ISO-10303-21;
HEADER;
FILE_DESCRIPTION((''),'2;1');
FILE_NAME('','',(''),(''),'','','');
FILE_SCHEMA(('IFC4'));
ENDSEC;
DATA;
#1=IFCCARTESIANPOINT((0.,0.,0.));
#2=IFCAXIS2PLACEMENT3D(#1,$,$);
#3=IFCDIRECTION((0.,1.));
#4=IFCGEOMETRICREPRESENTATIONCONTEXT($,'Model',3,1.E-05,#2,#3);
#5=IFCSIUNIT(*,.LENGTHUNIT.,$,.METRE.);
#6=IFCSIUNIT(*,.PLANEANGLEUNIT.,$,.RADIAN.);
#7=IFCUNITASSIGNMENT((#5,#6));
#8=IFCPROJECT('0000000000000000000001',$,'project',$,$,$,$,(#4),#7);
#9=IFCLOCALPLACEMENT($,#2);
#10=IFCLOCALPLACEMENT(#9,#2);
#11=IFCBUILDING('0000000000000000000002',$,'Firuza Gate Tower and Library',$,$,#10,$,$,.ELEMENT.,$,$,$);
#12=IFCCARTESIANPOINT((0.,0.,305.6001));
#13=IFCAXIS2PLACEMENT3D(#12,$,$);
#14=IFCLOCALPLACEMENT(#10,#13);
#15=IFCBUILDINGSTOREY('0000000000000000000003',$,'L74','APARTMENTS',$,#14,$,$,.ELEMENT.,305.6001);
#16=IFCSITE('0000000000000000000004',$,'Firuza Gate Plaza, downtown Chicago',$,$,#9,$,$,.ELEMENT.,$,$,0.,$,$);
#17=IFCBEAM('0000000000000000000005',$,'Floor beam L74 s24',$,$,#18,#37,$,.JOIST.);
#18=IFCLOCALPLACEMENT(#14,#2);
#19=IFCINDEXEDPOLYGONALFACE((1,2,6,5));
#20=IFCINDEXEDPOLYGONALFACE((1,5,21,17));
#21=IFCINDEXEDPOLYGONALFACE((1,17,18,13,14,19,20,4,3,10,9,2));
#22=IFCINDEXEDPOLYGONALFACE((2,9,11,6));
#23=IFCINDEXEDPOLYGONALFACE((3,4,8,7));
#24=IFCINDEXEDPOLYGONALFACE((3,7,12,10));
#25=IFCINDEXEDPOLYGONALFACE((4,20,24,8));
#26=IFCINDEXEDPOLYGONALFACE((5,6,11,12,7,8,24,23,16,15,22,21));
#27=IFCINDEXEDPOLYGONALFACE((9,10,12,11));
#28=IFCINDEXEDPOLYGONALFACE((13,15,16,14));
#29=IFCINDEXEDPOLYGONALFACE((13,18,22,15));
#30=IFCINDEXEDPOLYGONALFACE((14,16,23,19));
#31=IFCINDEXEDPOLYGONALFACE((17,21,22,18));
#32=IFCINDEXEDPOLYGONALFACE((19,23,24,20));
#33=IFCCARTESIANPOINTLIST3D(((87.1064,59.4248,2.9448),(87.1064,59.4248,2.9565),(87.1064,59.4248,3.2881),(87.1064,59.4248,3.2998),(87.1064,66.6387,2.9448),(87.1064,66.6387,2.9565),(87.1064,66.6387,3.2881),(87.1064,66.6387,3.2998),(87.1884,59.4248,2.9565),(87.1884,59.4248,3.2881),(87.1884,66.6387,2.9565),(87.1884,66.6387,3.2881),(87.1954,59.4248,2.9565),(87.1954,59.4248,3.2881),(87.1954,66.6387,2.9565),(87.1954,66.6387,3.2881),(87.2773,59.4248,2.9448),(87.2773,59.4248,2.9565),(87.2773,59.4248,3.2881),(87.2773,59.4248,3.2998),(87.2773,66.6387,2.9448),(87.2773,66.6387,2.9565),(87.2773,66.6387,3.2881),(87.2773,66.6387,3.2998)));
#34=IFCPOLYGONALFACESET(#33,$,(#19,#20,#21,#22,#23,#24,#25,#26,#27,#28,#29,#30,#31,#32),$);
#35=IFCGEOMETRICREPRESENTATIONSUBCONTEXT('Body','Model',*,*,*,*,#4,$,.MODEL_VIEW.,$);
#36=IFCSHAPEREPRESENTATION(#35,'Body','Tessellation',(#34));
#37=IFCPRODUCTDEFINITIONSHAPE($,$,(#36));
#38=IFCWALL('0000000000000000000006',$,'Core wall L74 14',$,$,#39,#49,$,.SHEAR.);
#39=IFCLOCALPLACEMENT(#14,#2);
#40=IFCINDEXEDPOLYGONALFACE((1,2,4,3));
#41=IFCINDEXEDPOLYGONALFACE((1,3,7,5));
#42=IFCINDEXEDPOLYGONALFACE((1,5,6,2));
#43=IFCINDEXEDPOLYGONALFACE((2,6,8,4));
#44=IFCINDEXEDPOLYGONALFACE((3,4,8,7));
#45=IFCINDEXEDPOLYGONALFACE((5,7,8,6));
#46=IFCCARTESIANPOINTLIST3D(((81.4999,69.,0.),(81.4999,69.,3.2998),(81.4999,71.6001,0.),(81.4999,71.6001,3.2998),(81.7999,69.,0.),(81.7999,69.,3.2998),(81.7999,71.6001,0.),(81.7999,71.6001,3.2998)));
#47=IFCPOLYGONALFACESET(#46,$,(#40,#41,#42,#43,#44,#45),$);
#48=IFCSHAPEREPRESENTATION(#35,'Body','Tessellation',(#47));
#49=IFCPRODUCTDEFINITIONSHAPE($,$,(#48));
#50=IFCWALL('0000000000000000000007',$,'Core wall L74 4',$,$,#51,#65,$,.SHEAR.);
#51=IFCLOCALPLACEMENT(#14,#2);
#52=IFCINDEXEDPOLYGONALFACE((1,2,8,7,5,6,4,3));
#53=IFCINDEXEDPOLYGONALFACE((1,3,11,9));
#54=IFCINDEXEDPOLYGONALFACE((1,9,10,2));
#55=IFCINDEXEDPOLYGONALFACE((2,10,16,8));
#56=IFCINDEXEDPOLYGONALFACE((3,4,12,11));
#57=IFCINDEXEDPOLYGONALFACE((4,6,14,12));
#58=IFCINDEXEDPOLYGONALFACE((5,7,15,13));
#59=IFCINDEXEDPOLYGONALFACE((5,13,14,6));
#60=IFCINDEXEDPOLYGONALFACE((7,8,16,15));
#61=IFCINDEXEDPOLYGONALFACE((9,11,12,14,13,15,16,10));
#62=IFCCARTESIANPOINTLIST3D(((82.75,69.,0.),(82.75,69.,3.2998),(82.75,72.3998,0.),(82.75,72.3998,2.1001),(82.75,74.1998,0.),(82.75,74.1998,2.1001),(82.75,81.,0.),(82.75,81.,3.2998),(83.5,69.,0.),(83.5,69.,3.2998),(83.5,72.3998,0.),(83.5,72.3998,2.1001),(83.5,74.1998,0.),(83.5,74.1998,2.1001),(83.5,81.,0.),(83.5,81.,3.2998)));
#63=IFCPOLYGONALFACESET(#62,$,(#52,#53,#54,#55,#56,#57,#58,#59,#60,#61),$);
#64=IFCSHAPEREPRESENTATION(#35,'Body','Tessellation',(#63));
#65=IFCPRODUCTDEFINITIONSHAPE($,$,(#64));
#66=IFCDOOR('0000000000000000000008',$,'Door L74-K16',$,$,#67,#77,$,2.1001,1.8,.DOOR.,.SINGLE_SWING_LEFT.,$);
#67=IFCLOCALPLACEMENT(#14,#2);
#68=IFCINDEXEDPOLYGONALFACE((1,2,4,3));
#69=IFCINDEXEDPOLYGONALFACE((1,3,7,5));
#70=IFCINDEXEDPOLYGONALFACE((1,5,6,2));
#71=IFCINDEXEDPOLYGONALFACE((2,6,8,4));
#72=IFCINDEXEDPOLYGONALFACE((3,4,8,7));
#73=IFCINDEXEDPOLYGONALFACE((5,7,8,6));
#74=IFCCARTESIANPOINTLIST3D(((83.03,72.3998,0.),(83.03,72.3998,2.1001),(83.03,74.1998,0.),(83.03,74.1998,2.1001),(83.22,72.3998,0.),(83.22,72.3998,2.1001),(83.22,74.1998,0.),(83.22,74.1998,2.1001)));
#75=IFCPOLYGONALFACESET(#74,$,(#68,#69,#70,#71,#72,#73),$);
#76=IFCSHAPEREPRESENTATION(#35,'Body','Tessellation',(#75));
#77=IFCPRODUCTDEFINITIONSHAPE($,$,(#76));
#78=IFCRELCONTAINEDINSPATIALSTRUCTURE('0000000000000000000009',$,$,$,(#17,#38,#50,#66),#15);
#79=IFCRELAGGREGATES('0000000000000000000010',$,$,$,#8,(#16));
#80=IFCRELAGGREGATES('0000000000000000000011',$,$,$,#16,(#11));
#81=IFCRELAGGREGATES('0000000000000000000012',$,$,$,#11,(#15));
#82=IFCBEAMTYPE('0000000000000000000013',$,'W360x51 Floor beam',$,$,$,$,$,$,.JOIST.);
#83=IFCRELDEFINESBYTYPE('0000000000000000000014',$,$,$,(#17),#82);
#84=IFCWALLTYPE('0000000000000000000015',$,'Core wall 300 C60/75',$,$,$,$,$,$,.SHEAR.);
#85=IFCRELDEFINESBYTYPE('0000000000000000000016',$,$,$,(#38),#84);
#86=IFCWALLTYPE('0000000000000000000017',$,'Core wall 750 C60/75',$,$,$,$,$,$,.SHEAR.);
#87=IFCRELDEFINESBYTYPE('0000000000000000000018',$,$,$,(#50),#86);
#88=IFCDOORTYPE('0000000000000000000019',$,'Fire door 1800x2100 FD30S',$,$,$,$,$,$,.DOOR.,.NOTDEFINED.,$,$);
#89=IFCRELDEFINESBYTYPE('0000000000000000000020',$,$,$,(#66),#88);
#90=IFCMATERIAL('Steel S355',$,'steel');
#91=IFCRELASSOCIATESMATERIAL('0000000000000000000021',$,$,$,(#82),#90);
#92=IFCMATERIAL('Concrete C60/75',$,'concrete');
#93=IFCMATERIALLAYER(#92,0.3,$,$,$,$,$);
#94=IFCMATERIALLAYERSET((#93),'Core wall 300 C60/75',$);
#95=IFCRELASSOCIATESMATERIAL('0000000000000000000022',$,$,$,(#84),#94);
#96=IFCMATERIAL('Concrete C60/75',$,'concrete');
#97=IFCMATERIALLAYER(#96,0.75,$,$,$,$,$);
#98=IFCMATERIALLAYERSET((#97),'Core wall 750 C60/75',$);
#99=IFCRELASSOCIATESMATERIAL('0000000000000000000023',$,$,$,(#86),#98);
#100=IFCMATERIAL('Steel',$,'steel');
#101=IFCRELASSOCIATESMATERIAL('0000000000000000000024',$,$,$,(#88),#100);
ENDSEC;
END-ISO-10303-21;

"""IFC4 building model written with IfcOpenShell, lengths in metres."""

from ifc_helpers import new_model, si_unit, direction, frame, frame_2d, origin, origin_2d, place, context, subcontext, project, spatial, rectangle, i_section, extrude, material, layer, layer_set, material_profile, profile_set, type_object, element, fill, save


model = new_model("IFC4")

# Units and contexts
model_context = context("Model", 3, precision=1e-05, world=origin(), true_north=direction((0.0, 1.0)))
body_context = subcontext(model_context, "Body", "Model", "MODEL_VIEW")
ifc_project = project(units=[si_unit("LENGTHUNIT", "METRE"), si_unit("PLANEANGLEUNIT", "RADIAN")], contexts=[model_context])

# Site, building, storey
site_placement = place(None, origin())
site = spatial("IfcSite", under=ifc_project, at=site_placement, Name="Firuza Gate Plaza, downtown Chicago", CompositionType="ELEMENT", RefElevation=0.0)
building_placement = place(site_placement, origin())
building = spatial("IfcBuilding", under=site, at=building_placement, Name="Firuza Gate Tower and Library", CompositionType="ELEMENT")
storey_placement = place(building_placement, frame((0.0, 0.0, 305.6001)))
storey = spatial("IfcBuildingStorey", under=building, at=storey_placement, Name="L74", Description="APARTMENTS", CompositionType="ELEMENT", Elevation=305.6001)

# Beam
ifc_material_1 = material(Name="Steel S355", Category="steel")
ifc_material_profile = material_profile(ifc_material_1, i_section(OverallWidth=0.1709, OverallDepth=0.355, WebThickness=0.0071, FlangeThickness=0.0117, at=origin_2d()))
ifc_profile_set = profile_set([ifc_material_profile], Name="Steel S355")
beam_type = type_object("IfcBeamType", Name="W360x51 Floor beam", PredefinedType="JOIST", material=ifc_profile_set)
beam_placement = place(storey_placement, frame((87.1919, 59.4248, 3.1223), z_axis=(0.0, 1.0, 0.0), x_axis=(-1.0, 0.0, 0.0)))
element("IfcBeam", 1, at=beam_placement, inside=storey, type_object=beam_type, Name="Floor beam L74 s24", PredefinedType="JOIST", context=body_context, shape_type="SweptSolid", body=[
    extrude(i_section(OverallWidth=0.1709, OverallDepth=0.355, WebThickness=0.0071, FlangeThickness=0.0117, at=origin_2d()), origin(), (0.0, 0.0, 1.0), 7.2139),
])

# Wall
ifc_material_2 = material(Name="Concrete C60/75", Category="concrete")
ifc_layer_1 = layer(ifc_material_2, 0.3)
ifc_layer_set_1 = layer_set([ifc_layer_1], Name="Core wall 300 C60/75")
wall_type_1 = type_object("IfcWallType", Name="Core wall 300 C60/75", PredefinedType="SHEAR", material=ifc_layer_set_1)
wall_1_placement = place(storey_placement, frame((81.6499, 69.0, 0.0), z_axis=(0.0, 0.0, 1.0), x_axis=(0.0, 1.0, 0.0)))
element("IfcWall", 2, at=wall_1_placement, inside=storey, type_object=wall_type_1, Name="Core wall L74 14", PredefinedType="SHEAR", context=body_context, shape_type="SweptSolid", body=[
    extrude(rectangle(XDim=2.6001, YDim=0.3, at=frame_2d((1.3, 0.0))), origin(), (0.0, 0.0, 1.0), 3.2998),
])

# Wall, opening, door
ifc_material_3 = material(Name="Concrete C60/75", Category="concrete")
ifc_layer_2 = layer(ifc_material_3, 0.75)
ifc_layer_set_2 = layer_set([ifc_layer_2], Name="Core wall 750 C60/75")
wall_type_2 = type_object("IfcWallType", Name="Core wall 750 C60/75", PredefinedType="SHEAR", material=ifc_layer_set_2)
wall_2_placement = place(storey_placement, frame((83.125, 69.0, 0.0), z_axis=(0.0, 0.0, 1.0), x_axis=(0.0, 1.0, 0.0)))
wall_2 = element("IfcWall", 3, at=wall_2_placement, inside=storey, type_object=wall_type_2, Name="Core wall L74 4", PredefinedType="SHEAR", context=body_context, shape_type="SweptSolid", body=[
    extrude(rectangle(XDim=12.0, YDim=0.75, at=frame_2d((6.0, 0.0))), origin(), (0.0, 0.0, 1.0), 3.2998),
])
opening_1_placement = place(wall_2_placement, frame((3.3999, 0.0, 0.0)))
opening_1 = element("IfcOpeningElement", 4, at=opening_1_placement, cuts=wall_2, PredefinedType="OPENING", context=body_context, shape_type="SweptSolid", body=[
    extrude(rectangle(XDim=1.8, YDim=2.1001, at=frame_2d((0.8999, 1.05))), frame((0.0, 0.385, 0.0), z_axis=(0.0, -1.0, 0.0), x_axis=(1.0, 0.0, 0.0)), (0.0, 0.0, 1.0), 0.77),
])
ifc_material_4 = material(Name="Steel", Category="steel")
door_type_1 = type_object("IfcDoorType", Name="Fire door 1800x2100 FD30S", OperationType="NOTDEFINED", PredefinedType="DOOR", material=ifc_material_4)
door_1_placement = place(opening_1_placement, origin())
door_1 = element("IfcDoor", 5, at=door_1_placement, inside=storey, type_object=door_type_1, Name="Door L74-K16", OperationType="SINGLE_SWING_LEFT", OverallHeight=2.1001, OverallWidth=1.8, PredefinedType="DOOR", context=body_context, shape_type="SweptSolid", body=[
    extrude(rectangle(XDim=1.8, YDim=2.1001, at=frame_2d((0.8999, 1.05))), frame((0.0, 0.095, 0.0), z_axis=(0.0, -1.0, 0.0), x_axis=(1.0, 0.0, 0.0)), (0.0, 0.0, 1.0), 0.1899),
])
fill(opening_1, door_1)

save(model, "model.ifc")
